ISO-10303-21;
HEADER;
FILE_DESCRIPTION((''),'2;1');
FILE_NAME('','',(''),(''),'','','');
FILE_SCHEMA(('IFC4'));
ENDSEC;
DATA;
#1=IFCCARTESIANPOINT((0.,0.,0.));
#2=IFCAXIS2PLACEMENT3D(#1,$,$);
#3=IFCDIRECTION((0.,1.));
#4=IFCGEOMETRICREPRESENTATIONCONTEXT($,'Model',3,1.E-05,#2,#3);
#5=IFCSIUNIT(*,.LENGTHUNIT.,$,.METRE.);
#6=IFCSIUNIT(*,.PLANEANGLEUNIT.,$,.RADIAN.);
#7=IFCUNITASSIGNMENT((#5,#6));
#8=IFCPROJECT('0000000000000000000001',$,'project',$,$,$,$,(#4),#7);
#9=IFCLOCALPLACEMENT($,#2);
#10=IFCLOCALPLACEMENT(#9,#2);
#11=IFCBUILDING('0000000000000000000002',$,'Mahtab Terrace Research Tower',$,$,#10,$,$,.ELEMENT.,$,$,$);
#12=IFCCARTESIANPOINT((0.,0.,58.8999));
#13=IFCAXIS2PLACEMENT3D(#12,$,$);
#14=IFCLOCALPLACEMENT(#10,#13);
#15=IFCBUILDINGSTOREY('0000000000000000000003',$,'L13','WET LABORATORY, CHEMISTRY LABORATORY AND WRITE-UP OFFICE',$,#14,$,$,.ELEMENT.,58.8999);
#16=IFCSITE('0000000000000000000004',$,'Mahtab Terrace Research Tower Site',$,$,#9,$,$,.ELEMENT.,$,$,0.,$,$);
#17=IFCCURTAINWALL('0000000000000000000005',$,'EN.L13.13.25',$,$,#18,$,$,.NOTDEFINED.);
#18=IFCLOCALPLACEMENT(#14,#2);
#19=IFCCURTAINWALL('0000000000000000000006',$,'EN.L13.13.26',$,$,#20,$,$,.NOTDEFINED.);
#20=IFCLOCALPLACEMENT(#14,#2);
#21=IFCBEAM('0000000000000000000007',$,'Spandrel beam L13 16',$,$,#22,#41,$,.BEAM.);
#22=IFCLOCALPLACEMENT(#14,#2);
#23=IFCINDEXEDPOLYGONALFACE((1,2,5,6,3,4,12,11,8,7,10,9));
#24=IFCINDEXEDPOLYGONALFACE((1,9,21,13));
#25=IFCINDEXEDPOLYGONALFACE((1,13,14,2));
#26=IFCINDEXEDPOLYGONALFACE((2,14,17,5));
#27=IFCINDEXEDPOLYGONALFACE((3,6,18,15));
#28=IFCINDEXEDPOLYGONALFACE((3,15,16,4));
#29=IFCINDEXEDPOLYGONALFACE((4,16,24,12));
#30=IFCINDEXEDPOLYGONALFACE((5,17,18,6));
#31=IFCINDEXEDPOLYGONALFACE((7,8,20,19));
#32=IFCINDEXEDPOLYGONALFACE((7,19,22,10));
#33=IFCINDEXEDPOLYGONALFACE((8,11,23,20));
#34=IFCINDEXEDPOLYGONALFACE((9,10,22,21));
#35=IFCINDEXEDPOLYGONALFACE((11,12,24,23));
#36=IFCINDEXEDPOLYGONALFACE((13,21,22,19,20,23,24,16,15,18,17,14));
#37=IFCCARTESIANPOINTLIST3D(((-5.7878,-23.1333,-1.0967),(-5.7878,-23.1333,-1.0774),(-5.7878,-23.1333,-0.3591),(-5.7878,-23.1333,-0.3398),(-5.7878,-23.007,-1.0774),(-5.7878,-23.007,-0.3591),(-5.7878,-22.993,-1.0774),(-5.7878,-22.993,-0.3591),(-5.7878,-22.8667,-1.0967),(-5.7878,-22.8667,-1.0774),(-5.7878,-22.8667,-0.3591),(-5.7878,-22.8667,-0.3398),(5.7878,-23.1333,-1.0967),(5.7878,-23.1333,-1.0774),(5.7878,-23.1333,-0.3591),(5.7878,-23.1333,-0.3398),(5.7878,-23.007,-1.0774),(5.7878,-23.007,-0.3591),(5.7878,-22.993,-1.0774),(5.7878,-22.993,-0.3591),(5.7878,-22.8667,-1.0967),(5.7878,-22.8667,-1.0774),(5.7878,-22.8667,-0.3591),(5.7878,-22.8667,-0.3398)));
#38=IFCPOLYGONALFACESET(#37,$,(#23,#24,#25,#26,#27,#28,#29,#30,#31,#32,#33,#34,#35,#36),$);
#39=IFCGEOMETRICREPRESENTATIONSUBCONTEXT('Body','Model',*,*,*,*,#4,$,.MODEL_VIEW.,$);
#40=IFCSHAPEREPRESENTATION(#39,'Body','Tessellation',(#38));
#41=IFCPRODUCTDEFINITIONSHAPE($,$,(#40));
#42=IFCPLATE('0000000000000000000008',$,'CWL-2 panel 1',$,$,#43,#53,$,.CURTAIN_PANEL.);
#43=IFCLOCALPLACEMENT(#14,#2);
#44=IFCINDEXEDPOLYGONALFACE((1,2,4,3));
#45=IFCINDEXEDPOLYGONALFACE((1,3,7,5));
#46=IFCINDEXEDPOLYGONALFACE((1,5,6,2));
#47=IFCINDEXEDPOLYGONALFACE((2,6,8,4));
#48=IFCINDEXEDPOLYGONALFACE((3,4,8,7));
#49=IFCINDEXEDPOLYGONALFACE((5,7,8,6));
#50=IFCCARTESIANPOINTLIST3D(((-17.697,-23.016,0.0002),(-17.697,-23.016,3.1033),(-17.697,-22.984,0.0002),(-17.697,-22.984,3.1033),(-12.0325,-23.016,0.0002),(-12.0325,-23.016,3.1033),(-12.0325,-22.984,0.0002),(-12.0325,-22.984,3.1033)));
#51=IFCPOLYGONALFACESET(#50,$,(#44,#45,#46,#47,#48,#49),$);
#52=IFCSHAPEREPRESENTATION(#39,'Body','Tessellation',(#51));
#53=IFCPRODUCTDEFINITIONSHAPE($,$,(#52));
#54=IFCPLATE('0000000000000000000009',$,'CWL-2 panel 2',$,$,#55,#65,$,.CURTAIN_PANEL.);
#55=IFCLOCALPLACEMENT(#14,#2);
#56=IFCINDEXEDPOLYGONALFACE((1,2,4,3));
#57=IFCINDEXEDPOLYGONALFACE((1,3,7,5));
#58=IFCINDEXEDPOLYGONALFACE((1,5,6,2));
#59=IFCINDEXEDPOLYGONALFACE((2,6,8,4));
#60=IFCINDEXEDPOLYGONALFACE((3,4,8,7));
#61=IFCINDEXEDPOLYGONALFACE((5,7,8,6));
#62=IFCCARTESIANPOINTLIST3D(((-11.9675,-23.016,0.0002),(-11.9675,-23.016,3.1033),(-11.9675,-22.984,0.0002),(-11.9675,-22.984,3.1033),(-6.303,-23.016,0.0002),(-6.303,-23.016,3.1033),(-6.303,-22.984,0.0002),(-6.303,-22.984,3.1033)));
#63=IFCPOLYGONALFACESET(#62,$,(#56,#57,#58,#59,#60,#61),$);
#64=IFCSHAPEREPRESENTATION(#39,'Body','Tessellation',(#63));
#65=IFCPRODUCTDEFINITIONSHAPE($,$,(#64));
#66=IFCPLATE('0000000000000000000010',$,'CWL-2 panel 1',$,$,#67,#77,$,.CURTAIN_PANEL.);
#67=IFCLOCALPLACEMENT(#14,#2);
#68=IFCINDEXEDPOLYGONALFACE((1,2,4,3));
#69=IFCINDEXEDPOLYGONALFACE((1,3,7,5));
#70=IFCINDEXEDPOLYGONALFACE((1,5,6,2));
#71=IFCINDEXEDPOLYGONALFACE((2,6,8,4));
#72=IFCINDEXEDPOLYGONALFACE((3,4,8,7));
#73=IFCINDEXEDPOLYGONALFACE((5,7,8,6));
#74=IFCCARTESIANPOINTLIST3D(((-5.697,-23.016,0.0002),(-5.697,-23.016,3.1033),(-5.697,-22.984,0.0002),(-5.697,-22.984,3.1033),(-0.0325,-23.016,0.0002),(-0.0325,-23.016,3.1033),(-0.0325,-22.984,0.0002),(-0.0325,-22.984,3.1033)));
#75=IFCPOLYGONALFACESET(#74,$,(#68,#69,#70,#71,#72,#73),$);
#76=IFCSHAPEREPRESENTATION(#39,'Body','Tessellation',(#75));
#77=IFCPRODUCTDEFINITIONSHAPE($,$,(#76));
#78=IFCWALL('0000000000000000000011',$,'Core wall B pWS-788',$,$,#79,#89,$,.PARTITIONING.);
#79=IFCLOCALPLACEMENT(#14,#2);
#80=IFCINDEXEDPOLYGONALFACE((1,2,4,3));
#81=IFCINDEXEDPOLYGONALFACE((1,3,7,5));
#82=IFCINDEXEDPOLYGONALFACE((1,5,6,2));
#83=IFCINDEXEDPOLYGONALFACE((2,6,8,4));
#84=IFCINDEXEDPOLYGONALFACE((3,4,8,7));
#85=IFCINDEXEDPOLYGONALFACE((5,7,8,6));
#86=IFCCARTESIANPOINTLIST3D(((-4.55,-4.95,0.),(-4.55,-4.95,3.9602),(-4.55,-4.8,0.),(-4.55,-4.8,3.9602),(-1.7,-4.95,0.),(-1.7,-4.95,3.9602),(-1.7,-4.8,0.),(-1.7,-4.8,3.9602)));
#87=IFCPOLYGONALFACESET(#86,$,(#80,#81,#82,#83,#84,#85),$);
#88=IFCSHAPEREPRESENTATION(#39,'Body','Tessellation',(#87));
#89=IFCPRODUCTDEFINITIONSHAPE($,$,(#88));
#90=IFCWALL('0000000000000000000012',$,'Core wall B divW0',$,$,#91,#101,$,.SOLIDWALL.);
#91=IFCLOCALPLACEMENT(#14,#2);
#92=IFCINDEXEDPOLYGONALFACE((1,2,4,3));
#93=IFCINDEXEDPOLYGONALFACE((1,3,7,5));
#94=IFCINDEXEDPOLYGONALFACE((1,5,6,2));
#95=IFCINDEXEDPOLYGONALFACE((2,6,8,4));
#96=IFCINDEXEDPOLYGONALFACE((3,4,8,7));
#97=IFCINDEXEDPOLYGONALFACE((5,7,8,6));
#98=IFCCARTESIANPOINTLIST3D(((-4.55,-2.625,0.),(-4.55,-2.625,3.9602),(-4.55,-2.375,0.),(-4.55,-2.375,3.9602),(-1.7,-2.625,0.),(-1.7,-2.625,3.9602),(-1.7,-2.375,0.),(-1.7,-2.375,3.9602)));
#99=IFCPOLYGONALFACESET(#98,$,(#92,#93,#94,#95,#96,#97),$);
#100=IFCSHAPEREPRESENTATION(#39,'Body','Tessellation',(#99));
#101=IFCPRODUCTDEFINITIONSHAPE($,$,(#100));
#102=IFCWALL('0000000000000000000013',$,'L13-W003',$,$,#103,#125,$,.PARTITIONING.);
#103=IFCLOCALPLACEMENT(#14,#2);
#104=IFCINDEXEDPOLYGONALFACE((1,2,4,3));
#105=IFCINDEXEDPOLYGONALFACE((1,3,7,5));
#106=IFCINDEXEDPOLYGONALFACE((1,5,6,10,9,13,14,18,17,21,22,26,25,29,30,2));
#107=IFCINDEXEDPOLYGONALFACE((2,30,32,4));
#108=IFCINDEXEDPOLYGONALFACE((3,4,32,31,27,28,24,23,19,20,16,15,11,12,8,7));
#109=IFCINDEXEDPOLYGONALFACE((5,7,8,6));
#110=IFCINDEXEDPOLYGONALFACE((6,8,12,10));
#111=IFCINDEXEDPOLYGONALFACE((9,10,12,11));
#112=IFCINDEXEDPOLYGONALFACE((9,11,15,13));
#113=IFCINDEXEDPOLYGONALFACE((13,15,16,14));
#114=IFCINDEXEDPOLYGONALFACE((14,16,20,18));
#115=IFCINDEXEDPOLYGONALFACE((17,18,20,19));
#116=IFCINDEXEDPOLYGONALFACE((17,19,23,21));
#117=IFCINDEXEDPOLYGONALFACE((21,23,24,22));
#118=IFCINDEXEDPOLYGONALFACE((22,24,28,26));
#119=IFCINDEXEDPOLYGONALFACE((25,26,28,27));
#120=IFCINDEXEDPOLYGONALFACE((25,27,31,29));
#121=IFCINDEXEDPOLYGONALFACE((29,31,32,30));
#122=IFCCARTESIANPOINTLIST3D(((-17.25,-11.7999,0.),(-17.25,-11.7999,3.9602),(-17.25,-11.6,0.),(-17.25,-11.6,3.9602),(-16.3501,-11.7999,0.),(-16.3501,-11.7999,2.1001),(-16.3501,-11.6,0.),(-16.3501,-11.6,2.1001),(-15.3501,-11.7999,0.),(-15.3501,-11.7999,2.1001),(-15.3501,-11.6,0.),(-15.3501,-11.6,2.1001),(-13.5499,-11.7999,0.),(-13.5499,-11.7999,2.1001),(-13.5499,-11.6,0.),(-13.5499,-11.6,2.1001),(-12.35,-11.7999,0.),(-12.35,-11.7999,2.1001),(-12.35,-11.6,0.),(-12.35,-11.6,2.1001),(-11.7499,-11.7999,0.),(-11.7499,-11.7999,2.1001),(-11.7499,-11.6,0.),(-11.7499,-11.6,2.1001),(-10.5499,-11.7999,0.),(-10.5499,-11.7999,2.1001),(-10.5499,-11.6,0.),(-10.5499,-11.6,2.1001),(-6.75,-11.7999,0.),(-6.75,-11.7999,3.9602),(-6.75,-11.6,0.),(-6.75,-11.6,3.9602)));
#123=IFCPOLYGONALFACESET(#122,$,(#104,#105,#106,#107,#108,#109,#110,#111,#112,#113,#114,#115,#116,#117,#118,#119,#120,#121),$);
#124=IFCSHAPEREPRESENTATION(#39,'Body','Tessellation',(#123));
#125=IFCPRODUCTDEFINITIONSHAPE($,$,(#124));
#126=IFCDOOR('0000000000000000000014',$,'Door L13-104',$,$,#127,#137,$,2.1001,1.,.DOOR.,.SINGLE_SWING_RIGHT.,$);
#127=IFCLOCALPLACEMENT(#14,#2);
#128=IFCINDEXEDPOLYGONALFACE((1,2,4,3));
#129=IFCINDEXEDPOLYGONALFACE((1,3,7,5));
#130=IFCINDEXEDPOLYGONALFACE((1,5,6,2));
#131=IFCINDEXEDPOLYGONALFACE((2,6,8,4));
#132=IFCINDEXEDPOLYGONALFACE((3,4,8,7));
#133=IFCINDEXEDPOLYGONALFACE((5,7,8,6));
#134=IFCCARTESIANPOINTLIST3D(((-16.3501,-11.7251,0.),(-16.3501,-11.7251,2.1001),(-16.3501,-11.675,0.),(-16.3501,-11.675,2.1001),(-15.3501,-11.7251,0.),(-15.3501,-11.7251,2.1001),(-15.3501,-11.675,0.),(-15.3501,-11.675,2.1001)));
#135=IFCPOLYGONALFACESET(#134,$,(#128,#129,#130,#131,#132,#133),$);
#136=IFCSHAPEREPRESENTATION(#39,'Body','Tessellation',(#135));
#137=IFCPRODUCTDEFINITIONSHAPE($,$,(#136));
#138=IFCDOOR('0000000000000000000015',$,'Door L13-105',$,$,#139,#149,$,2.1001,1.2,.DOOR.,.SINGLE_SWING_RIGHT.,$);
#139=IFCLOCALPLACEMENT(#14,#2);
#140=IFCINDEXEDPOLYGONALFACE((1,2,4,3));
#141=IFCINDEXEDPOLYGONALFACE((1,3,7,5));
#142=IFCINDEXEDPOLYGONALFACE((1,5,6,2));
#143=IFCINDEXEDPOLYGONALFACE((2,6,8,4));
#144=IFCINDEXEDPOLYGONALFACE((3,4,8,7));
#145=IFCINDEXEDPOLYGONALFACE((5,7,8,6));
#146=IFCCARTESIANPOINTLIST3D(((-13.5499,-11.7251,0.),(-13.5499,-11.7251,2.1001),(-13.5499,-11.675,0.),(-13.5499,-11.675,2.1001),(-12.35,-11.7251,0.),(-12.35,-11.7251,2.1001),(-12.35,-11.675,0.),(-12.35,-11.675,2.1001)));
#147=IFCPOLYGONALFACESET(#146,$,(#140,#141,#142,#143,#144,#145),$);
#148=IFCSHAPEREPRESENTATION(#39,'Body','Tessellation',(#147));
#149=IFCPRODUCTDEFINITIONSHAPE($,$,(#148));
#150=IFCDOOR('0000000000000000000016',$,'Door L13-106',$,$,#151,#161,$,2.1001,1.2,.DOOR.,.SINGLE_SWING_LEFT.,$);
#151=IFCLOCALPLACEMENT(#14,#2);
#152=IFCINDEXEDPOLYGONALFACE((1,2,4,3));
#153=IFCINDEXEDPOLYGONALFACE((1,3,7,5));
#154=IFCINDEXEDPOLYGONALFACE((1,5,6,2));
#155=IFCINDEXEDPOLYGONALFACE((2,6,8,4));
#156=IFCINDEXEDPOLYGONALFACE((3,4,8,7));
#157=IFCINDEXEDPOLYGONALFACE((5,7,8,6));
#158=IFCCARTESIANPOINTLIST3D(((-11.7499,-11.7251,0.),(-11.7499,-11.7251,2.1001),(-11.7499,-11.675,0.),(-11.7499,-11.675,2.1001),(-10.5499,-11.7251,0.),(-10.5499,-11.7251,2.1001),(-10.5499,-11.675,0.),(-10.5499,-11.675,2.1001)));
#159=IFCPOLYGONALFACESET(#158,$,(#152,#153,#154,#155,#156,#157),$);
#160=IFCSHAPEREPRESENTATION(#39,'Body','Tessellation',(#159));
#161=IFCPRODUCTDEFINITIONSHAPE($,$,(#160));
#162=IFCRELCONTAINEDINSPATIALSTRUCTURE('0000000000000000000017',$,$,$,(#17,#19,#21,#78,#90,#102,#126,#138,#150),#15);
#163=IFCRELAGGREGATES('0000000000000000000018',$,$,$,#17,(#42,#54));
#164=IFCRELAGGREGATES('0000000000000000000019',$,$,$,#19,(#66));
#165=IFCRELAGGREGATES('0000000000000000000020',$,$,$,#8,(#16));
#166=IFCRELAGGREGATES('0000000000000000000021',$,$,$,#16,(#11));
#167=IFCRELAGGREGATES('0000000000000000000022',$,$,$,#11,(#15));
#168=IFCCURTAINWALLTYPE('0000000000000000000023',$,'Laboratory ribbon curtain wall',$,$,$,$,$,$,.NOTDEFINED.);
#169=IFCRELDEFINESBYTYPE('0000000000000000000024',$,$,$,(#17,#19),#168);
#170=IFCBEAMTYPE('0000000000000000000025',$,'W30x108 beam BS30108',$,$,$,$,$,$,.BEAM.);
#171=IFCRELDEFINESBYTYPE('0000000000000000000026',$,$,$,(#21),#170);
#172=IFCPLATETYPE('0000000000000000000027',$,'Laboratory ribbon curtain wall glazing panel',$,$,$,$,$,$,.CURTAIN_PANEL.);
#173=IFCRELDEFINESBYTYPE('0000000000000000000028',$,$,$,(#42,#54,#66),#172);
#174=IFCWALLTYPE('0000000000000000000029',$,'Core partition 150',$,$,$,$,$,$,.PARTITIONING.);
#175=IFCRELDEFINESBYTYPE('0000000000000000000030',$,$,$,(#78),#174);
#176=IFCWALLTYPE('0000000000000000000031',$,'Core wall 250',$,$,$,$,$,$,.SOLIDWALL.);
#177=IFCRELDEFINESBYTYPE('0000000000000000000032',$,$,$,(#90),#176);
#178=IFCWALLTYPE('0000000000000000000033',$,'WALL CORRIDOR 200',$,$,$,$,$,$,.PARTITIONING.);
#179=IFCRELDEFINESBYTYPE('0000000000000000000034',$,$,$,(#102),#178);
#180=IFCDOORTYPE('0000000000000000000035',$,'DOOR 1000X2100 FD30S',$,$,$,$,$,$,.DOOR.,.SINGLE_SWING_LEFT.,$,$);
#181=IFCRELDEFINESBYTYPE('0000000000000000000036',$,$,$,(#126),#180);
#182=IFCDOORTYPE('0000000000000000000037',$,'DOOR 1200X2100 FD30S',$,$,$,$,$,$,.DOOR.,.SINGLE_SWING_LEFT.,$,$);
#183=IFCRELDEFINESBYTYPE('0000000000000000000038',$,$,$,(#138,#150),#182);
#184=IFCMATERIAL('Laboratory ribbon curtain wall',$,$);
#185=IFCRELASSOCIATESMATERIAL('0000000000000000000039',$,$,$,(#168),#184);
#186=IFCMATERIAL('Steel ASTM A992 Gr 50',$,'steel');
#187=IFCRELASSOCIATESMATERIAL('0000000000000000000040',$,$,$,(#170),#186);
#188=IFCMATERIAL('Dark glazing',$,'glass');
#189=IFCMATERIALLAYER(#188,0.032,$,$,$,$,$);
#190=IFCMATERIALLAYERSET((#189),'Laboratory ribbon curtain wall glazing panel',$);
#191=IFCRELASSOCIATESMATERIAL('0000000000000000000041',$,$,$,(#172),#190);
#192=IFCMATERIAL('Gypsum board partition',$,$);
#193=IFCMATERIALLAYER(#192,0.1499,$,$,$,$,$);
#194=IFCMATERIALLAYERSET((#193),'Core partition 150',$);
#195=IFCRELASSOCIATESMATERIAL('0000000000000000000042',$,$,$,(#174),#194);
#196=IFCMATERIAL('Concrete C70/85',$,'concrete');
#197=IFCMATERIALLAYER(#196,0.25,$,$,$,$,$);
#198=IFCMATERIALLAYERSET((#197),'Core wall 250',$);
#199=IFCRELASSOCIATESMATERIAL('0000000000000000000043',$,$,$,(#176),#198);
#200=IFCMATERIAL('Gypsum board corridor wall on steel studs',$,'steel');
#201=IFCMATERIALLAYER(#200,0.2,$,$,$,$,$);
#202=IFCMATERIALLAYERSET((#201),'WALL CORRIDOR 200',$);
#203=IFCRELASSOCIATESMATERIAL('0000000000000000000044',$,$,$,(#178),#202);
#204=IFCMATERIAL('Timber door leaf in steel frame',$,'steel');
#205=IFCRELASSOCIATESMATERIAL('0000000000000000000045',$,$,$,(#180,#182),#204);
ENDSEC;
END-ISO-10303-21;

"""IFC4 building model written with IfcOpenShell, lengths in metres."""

from ifc_helpers import new_model, si_unit, direction, frame, frame_2d, origin, origin_2d, place, context, subcontext, project, spatial, rectangle, i_section, extrude, material, layer, layer_set, material_profile, profile_set, type_object, element, fill, aggregate, save


model = new_model("IFC4")

# Units and contexts
model_context = context("Model", 3, precision=1e-05, world=origin(), true_north=direction((0.0, 1.0)))
body_context = subcontext(model_context, "Body", "Model", "MODEL_VIEW")
ifc_project = project(units=[si_unit("LENGTHUNIT", "METRE"), si_unit("PLANEANGLEUNIT", "RADIAN")], contexts=[model_context])

# Site, building, storey
site_placement = place(None, origin())
site = spatial("IfcSite", under=ifc_project, at=site_placement, Name="Mahtab Terrace Research Tower Site", CompositionType="ELEMENT", RefElevation=0.0)
building_placement = place(site_placement, origin())
building = spatial("IfcBuilding", under=site, at=building_placement, Name="Mahtab Terrace Research Tower", CompositionType="ELEMENT")
storey_placement = place(building_placement, frame((0.0, 0.0, 58.8999)))
storey = spatial("IfcBuildingStorey", under=building, at=storey_placement, Name="L13", Description="WET LABORATORY, CHEMISTRY LABORATORY AND WRITE-UP OFFICE", CompositionType="ELEMENT", Elevation=58.8999)

# Shared definitions
ifc_material_1 = material(Name="Concrete C70/85", Category="concrete")
ifc_material_2 = material(Name="Steel ASTM A992 Gr 50", Category="steel")

# Curtain wall
ifc_material_3 = material(Name="Laboratory ribbon curtain wall")
curtain_wall_type = type_object("IfcCurtainWallType", Name="Laboratory ribbon curtain wall", PredefinedType="NOTDEFINED", material=ifc_material_3)
curtain_wall_1_placement = place(storey_placement, origin())
curtain_wall_1 = element("IfcCurtainWall", 1, at=curtain_wall_1_placement, inside=storey, type_object=curtain_wall_type, Name="EN.L13.13.25", PredefinedType="NOTDEFINED")

# Curtain wall
curtain_wall_2_placement = place(storey_placement, origin())
curtain_wall_2 = element("IfcCurtainWall", 2, at=curtain_wall_2_placement, inside=storey, type_object=curtain_wall_type, Name="EN.L13.13.26", PredefinedType="NOTDEFINED")

# Beam
ifc_material_profile_1 = material_profile(ifc_material_2, i_section(OverallWidth=0.2666, OverallDepth=0.7568, WebThickness=0.0139, FlangeThickness=0.0193, at=origin_2d()), Name="W30X108")
ifc_profile_set_1 = profile_set([ifc_material_profile_1], Name="Steel ASTM A992 Gr 50")
beam_type = type_object("IfcBeamType", Name="W30x108 beam BS30108", PredefinedType="BEAM", material=ifc_profile_set_1)
for number, where, z_axis, x_axis, name in (
    (3, (-5.7878, -23.0, -0.7183), (1.0, 0.0, 0.0), (0.0, 1.0, 0.0), "Spandrel beam L13 16"),
):
    element("IfcBeam", number, at=place(storey_placement, frame(where, z_axis=z_axis, x_axis=x_axis)), inside=storey, type_object=beam_type, Name=name, PredefinedType="BEAM", context=body_context, shape_type="SweptSolid", body=[
        extrude(i_section(OverallWidth=0.2666, OverallDepth=0.7568, WebThickness=0.0139, FlangeThickness=0.0193, at=origin_2d()), origin(), (0.0, 0.0, 1.0), 11.5757),
    ])

# Plates
ifc_material_4 = material(Name="Dark glazing", Category="glass")
ifc_layer_1 = layer(ifc_material_4, 0.032)
ifc_layer_set_1 = layer_set([ifc_layer_1], Name="Laboratory ribbon curtain wall glazing panel")
plate_type = type_object("IfcPlateType", Name="Laboratory ribbon curtain wall glazing panel", PredefinedType="CURTAIN_PANEL", material=ifc_layer_set_1)
plate_1_placement = place(storey_placement, frame((-14.8647, -23.0, 0.0002), z_axis=(0.0, 0.0, 1.0), x_axis=(1.0, 0.0, 0.0)))
plate_1 = element("IfcPlate", 4, at=plate_1_placement, type_object=plate_type, Name="CWL-2 panel 1", PredefinedType="CURTAIN_PANEL", context=body_context, shape_type="SweptSolid", body=[
    extrude(rectangle(XDim=5.6646, YDim=0.032, at=origin_2d()), origin(), (0.0, 0.0, 1.0), 3.103),
])
plate_2_placement = place(storey_placement, frame((-9.1353, -23.0, 0.0002), z_axis=(0.0, 0.0, 1.0), x_axis=(1.0, 0.0, 0.0)))
plate_2 = element("IfcPlate", 5, at=plate_2_placement, type_object=plate_type, Name="CWL-2 panel 2", PredefinedType="CURTAIN_PANEL", context=body_context, shape_type="SweptSolid", body=[
    extrude(rectangle(XDim=5.6646, YDim=0.032, at=origin_2d()), origin(), (0.0, 0.0, 1.0), 3.103),
])
aggregate(curtain_wall_1, [plate_1, plate_2])
plate_3_placement = place(storey_placement, frame((-2.8647, -23.0, 0.0002), z_axis=(0.0, 0.0, 1.0), x_axis=(1.0, 0.0, 0.0)))
plate_3 = element("IfcPlate", 6, at=plate_3_placement, type_object=plate_type, Name="CWL-2 panel 1", PredefinedType="CURTAIN_PANEL", context=body_context, shape_type="SweptSolid", body=[
    extrude(rectangle(XDim=5.6646, YDim=0.032, at=origin_2d()), origin(), (0.0, 0.0, 1.0), 3.103),
])
aggregate(curtain_wall_2, [plate_3])

# Walls
ifc_material_5 = material(Name="Gypsum board partition")
ifc_layer_2 = layer(ifc_material_5, 0.1499)
ifc_layer_set_2 = layer_set([ifc_layer_2], Name="Core partition 150")
wall_type_1 = type_object("IfcWallType", Name="Core partition 150", PredefinedType="PARTITIONING", material=ifc_layer_set_2)
wall_1_placement = place(storey_placement, frame((-4.55, -4.875, 0.0), z_axis=(0.0, 0.0, 1.0), x_axis=(1.0, 0.0, 0.0)))
element("IfcWall", 7, at=wall_1_placement, inside=storey, type_object=wall_type_1, Name="Core wall B pWS-788", PredefinedType="PARTITIONING", context=body_context, shape_type="SweptSolid", body=[
    extrude(rectangle(XDim=2.8501, YDim=0.1499, at=frame_2d((1.425, 0.0))), origin(), (0.0, 0.0, 1.0), 3.9602),
])
ifc_layer_3 = layer(ifc_material_1, 0.25)
ifc_layer_set_3 = layer_set([ifc_layer_3], Name="Core wall 250")
wall_type_2 = type_object("IfcWallType", Name="Core wall 250", PredefinedType="SOLIDWALL", material=ifc_layer_set_3)
wall_2_placement = place(storey_placement, frame((-4.55, -2.5, 0.0), z_axis=(0.0, 0.0, 1.0), x_axis=(1.0, 0.0, 0.0)))
element("IfcWall", 8, at=wall_2_placement, inside=storey, type_object=wall_type_2, Name="Core wall B divW0", PredefinedType="SOLIDWALL", context=body_context, shape_type="SweptSolid", body=[
    extrude(rectangle(XDim=2.8501, YDim=0.25, at=frame_2d((1.425, 0.0))), origin(), (0.0, 0.0, 1.0), 3.9602),
])

# Wall, openings, doors
ifc_material_6 = material(Name="Gypsum board corridor wall on steel studs", Category="steel")
ifc_layer_4 = layer(ifc_material_6, 0.2)
ifc_layer_set_4 = layer_set([ifc_layer_4], Name="WALL CORRIDOR 200")
wall_type_3 = type_object("IfcWallType", Name="WALL CORRIDOR 200", PredefinedType="PARTITIONING", material=ifc_layer_set_4)
wall_3_placement = place(storey_placement, frame((-17.25, -11.7, 0.0), z_axis=(0.0, 0.0, 1.0), x_axis=(1.0, 0.0, 0.0)))
wall_3 = element("IfcWall", 9, at=wall_3_placement, inside=storey, type_object=wall_type_3, Name="L13-W003", PredefinedType="PARTITIONING", context=body_context, shape_type="SweptSolid", body=[
    extrude(rectangle(XDim=10.5, YDim=0.2, at=frame_2d((5.25, 0.0))), origin(), (0.0, 0.0, 1.0), 3.9602),
])
opening_1_placement = place(wall_3_placement, frame((0.8999, 0.0, 0.0)))
opening_1 = element("IfcOpeningElement", 10, at=opening_1_placement, cuts=wall_3, PredefinedType="OPENING", context=body_context, shape_type="SweptSolid", body=[
    extrude(rectangle(XDim=1.0, YDim=2.1001, at=frame_2d((0.5, 1.05))), frame((0.0, 0.1099, 0.0), z_axis=(0.0, -1.0, 0.0), x_axis=(1.0, 0.0, 0.0)), (0.0, 0.0, 1.0), 0.22),
])
opening_2_placement = place(wall_3_placement, frame((3.7, 0.0, 0.0)))
opening_2 = element("IfcOpeningElement", 11, at=opening_2_placement, cuts=wall_3, PredefinedType="OPENING", context=body_context, shape_type="SweptSolid", body=[
    extrude(rectangle(XDim=1.2, YDim=2.1001, at=frame_2d((0.6001, 1.05))), frame((0.0, 0.1099, 0.0), z_axis=(0.0, -1.0, 0.0), x_axis=(1.0, 0.0, 0.0)), (0.0, 0.0, 1.0), 0.22),
])
opening_3_placement = place(wall_3_placement, frame((5.5, 0.0, 0.0)))
opening_3 = element("IfcOpeningElement", 12, at=opening_3_placement, cuts=wall_3, PredefinedType="OPENING", context=body_context, shape_type="SweptSolid", body=[
    extrude(rectangle(XDim=1.2, YDim=2.1001, at=frame_2d((0.6001, 1.05))), frame((0.0, 0.1099, 0.0), z_axis=(0.0, -1.0, 0.0), x_axis=(1.0, 0.0, 0.0)), (0.0, 0.0, 1.0), 0.22),
])
ifc_material_7 = material(Name="Timber door leaf in steel frame", Category="steel")
door_type_1 = type_object("IfcDoorType", Name="DOOR 1000X2100 FD30S", OperationType="SINGLE_SWING_LEFT", PredefinedType="DOOR", material=ifc_material_7)
door_1_placement = place(opening_1_placement, origin())
door_1 = element("IfcDoor", 13, at=door_1_placement, inside=storey, type_object=door_type_1, Name="Door L13-104", OperationType="SINGLE_SWING_RIGHT", OverallHeight=2.1001, OverallWidth=1.0, PredefinedType="DOOR", context=body_context, shape_type="SweptSolid", body=[
    extrude(rectangle(XDim=1.0, YDim=2.1001, at=frame_2d((0.5, 1.05))), frame((0.0, 0.0249, 0.0), z_axis=(0.0, -1.0, 0.0), x_axis=(1.0, 0.0, 0.0)), (0.0, 0.0, 1.0), 0.05),
])
fill(opening_1, door_1)
door_type_2 = type_object("IfcDoorType", Name="DOOR 1200X2100 FD30S", OperationType="SINGLE_SWING_LEFT", PredefinedType="DOOR", material=ifc_material_7)
door_2_placement = place(opening_2_placement, origin())
door_2 = element("IfcDoor", 14, at=door_2_placement, inside=storey, type_object=door_type_2, Name="Door L13-105", OperationType="SINGLE_SWING_RIGHT", OverallHeight=2.1001, OverallWidth=1.2, PredefinedType="DOOR", context=body_context, shape_type="SweptSolid", body=[
    extrude(rectangle(XDim=1.2, YDim=2.1001, at=frame_2d((0.6001, 1.05))), frame((0.0, 0.0249, 0.0), z_axis=(0.0, -1.0, 0.0), x_axis=(1.0, 0.0, 0.0)), (0.0, 0.0, 1.0), 0.05),
])
fill(opening_2, door_2)
door_3_placement = place(opening_3_placement, origin())
door_3 = element("IfcDoor", 15, at=door_3_placement, inside=storey, type_object=door_type_2, Name="Door L13-106", OperationType="SINGLE_SWING_LEFT", OverallHeight=2.1001, OverallWidth=1.2, PredefinedType="DOOR", context=body_context, shape_type="SweptSolid", body=[
    extrude(rectangle(XDim=1.2, YDim=2.1001, at=frame_2d((0.6001, 1.05))), frame((0.0, 0.0249, 0.0), z_axis=(0.0, -1.0, 0.0), x_axis=(1.0, 0.0, 0.0)), (0.0, 0.0, 1.0), 0.05),
])
fill(opening_3, door_3)

save(model, "model.ifc")
